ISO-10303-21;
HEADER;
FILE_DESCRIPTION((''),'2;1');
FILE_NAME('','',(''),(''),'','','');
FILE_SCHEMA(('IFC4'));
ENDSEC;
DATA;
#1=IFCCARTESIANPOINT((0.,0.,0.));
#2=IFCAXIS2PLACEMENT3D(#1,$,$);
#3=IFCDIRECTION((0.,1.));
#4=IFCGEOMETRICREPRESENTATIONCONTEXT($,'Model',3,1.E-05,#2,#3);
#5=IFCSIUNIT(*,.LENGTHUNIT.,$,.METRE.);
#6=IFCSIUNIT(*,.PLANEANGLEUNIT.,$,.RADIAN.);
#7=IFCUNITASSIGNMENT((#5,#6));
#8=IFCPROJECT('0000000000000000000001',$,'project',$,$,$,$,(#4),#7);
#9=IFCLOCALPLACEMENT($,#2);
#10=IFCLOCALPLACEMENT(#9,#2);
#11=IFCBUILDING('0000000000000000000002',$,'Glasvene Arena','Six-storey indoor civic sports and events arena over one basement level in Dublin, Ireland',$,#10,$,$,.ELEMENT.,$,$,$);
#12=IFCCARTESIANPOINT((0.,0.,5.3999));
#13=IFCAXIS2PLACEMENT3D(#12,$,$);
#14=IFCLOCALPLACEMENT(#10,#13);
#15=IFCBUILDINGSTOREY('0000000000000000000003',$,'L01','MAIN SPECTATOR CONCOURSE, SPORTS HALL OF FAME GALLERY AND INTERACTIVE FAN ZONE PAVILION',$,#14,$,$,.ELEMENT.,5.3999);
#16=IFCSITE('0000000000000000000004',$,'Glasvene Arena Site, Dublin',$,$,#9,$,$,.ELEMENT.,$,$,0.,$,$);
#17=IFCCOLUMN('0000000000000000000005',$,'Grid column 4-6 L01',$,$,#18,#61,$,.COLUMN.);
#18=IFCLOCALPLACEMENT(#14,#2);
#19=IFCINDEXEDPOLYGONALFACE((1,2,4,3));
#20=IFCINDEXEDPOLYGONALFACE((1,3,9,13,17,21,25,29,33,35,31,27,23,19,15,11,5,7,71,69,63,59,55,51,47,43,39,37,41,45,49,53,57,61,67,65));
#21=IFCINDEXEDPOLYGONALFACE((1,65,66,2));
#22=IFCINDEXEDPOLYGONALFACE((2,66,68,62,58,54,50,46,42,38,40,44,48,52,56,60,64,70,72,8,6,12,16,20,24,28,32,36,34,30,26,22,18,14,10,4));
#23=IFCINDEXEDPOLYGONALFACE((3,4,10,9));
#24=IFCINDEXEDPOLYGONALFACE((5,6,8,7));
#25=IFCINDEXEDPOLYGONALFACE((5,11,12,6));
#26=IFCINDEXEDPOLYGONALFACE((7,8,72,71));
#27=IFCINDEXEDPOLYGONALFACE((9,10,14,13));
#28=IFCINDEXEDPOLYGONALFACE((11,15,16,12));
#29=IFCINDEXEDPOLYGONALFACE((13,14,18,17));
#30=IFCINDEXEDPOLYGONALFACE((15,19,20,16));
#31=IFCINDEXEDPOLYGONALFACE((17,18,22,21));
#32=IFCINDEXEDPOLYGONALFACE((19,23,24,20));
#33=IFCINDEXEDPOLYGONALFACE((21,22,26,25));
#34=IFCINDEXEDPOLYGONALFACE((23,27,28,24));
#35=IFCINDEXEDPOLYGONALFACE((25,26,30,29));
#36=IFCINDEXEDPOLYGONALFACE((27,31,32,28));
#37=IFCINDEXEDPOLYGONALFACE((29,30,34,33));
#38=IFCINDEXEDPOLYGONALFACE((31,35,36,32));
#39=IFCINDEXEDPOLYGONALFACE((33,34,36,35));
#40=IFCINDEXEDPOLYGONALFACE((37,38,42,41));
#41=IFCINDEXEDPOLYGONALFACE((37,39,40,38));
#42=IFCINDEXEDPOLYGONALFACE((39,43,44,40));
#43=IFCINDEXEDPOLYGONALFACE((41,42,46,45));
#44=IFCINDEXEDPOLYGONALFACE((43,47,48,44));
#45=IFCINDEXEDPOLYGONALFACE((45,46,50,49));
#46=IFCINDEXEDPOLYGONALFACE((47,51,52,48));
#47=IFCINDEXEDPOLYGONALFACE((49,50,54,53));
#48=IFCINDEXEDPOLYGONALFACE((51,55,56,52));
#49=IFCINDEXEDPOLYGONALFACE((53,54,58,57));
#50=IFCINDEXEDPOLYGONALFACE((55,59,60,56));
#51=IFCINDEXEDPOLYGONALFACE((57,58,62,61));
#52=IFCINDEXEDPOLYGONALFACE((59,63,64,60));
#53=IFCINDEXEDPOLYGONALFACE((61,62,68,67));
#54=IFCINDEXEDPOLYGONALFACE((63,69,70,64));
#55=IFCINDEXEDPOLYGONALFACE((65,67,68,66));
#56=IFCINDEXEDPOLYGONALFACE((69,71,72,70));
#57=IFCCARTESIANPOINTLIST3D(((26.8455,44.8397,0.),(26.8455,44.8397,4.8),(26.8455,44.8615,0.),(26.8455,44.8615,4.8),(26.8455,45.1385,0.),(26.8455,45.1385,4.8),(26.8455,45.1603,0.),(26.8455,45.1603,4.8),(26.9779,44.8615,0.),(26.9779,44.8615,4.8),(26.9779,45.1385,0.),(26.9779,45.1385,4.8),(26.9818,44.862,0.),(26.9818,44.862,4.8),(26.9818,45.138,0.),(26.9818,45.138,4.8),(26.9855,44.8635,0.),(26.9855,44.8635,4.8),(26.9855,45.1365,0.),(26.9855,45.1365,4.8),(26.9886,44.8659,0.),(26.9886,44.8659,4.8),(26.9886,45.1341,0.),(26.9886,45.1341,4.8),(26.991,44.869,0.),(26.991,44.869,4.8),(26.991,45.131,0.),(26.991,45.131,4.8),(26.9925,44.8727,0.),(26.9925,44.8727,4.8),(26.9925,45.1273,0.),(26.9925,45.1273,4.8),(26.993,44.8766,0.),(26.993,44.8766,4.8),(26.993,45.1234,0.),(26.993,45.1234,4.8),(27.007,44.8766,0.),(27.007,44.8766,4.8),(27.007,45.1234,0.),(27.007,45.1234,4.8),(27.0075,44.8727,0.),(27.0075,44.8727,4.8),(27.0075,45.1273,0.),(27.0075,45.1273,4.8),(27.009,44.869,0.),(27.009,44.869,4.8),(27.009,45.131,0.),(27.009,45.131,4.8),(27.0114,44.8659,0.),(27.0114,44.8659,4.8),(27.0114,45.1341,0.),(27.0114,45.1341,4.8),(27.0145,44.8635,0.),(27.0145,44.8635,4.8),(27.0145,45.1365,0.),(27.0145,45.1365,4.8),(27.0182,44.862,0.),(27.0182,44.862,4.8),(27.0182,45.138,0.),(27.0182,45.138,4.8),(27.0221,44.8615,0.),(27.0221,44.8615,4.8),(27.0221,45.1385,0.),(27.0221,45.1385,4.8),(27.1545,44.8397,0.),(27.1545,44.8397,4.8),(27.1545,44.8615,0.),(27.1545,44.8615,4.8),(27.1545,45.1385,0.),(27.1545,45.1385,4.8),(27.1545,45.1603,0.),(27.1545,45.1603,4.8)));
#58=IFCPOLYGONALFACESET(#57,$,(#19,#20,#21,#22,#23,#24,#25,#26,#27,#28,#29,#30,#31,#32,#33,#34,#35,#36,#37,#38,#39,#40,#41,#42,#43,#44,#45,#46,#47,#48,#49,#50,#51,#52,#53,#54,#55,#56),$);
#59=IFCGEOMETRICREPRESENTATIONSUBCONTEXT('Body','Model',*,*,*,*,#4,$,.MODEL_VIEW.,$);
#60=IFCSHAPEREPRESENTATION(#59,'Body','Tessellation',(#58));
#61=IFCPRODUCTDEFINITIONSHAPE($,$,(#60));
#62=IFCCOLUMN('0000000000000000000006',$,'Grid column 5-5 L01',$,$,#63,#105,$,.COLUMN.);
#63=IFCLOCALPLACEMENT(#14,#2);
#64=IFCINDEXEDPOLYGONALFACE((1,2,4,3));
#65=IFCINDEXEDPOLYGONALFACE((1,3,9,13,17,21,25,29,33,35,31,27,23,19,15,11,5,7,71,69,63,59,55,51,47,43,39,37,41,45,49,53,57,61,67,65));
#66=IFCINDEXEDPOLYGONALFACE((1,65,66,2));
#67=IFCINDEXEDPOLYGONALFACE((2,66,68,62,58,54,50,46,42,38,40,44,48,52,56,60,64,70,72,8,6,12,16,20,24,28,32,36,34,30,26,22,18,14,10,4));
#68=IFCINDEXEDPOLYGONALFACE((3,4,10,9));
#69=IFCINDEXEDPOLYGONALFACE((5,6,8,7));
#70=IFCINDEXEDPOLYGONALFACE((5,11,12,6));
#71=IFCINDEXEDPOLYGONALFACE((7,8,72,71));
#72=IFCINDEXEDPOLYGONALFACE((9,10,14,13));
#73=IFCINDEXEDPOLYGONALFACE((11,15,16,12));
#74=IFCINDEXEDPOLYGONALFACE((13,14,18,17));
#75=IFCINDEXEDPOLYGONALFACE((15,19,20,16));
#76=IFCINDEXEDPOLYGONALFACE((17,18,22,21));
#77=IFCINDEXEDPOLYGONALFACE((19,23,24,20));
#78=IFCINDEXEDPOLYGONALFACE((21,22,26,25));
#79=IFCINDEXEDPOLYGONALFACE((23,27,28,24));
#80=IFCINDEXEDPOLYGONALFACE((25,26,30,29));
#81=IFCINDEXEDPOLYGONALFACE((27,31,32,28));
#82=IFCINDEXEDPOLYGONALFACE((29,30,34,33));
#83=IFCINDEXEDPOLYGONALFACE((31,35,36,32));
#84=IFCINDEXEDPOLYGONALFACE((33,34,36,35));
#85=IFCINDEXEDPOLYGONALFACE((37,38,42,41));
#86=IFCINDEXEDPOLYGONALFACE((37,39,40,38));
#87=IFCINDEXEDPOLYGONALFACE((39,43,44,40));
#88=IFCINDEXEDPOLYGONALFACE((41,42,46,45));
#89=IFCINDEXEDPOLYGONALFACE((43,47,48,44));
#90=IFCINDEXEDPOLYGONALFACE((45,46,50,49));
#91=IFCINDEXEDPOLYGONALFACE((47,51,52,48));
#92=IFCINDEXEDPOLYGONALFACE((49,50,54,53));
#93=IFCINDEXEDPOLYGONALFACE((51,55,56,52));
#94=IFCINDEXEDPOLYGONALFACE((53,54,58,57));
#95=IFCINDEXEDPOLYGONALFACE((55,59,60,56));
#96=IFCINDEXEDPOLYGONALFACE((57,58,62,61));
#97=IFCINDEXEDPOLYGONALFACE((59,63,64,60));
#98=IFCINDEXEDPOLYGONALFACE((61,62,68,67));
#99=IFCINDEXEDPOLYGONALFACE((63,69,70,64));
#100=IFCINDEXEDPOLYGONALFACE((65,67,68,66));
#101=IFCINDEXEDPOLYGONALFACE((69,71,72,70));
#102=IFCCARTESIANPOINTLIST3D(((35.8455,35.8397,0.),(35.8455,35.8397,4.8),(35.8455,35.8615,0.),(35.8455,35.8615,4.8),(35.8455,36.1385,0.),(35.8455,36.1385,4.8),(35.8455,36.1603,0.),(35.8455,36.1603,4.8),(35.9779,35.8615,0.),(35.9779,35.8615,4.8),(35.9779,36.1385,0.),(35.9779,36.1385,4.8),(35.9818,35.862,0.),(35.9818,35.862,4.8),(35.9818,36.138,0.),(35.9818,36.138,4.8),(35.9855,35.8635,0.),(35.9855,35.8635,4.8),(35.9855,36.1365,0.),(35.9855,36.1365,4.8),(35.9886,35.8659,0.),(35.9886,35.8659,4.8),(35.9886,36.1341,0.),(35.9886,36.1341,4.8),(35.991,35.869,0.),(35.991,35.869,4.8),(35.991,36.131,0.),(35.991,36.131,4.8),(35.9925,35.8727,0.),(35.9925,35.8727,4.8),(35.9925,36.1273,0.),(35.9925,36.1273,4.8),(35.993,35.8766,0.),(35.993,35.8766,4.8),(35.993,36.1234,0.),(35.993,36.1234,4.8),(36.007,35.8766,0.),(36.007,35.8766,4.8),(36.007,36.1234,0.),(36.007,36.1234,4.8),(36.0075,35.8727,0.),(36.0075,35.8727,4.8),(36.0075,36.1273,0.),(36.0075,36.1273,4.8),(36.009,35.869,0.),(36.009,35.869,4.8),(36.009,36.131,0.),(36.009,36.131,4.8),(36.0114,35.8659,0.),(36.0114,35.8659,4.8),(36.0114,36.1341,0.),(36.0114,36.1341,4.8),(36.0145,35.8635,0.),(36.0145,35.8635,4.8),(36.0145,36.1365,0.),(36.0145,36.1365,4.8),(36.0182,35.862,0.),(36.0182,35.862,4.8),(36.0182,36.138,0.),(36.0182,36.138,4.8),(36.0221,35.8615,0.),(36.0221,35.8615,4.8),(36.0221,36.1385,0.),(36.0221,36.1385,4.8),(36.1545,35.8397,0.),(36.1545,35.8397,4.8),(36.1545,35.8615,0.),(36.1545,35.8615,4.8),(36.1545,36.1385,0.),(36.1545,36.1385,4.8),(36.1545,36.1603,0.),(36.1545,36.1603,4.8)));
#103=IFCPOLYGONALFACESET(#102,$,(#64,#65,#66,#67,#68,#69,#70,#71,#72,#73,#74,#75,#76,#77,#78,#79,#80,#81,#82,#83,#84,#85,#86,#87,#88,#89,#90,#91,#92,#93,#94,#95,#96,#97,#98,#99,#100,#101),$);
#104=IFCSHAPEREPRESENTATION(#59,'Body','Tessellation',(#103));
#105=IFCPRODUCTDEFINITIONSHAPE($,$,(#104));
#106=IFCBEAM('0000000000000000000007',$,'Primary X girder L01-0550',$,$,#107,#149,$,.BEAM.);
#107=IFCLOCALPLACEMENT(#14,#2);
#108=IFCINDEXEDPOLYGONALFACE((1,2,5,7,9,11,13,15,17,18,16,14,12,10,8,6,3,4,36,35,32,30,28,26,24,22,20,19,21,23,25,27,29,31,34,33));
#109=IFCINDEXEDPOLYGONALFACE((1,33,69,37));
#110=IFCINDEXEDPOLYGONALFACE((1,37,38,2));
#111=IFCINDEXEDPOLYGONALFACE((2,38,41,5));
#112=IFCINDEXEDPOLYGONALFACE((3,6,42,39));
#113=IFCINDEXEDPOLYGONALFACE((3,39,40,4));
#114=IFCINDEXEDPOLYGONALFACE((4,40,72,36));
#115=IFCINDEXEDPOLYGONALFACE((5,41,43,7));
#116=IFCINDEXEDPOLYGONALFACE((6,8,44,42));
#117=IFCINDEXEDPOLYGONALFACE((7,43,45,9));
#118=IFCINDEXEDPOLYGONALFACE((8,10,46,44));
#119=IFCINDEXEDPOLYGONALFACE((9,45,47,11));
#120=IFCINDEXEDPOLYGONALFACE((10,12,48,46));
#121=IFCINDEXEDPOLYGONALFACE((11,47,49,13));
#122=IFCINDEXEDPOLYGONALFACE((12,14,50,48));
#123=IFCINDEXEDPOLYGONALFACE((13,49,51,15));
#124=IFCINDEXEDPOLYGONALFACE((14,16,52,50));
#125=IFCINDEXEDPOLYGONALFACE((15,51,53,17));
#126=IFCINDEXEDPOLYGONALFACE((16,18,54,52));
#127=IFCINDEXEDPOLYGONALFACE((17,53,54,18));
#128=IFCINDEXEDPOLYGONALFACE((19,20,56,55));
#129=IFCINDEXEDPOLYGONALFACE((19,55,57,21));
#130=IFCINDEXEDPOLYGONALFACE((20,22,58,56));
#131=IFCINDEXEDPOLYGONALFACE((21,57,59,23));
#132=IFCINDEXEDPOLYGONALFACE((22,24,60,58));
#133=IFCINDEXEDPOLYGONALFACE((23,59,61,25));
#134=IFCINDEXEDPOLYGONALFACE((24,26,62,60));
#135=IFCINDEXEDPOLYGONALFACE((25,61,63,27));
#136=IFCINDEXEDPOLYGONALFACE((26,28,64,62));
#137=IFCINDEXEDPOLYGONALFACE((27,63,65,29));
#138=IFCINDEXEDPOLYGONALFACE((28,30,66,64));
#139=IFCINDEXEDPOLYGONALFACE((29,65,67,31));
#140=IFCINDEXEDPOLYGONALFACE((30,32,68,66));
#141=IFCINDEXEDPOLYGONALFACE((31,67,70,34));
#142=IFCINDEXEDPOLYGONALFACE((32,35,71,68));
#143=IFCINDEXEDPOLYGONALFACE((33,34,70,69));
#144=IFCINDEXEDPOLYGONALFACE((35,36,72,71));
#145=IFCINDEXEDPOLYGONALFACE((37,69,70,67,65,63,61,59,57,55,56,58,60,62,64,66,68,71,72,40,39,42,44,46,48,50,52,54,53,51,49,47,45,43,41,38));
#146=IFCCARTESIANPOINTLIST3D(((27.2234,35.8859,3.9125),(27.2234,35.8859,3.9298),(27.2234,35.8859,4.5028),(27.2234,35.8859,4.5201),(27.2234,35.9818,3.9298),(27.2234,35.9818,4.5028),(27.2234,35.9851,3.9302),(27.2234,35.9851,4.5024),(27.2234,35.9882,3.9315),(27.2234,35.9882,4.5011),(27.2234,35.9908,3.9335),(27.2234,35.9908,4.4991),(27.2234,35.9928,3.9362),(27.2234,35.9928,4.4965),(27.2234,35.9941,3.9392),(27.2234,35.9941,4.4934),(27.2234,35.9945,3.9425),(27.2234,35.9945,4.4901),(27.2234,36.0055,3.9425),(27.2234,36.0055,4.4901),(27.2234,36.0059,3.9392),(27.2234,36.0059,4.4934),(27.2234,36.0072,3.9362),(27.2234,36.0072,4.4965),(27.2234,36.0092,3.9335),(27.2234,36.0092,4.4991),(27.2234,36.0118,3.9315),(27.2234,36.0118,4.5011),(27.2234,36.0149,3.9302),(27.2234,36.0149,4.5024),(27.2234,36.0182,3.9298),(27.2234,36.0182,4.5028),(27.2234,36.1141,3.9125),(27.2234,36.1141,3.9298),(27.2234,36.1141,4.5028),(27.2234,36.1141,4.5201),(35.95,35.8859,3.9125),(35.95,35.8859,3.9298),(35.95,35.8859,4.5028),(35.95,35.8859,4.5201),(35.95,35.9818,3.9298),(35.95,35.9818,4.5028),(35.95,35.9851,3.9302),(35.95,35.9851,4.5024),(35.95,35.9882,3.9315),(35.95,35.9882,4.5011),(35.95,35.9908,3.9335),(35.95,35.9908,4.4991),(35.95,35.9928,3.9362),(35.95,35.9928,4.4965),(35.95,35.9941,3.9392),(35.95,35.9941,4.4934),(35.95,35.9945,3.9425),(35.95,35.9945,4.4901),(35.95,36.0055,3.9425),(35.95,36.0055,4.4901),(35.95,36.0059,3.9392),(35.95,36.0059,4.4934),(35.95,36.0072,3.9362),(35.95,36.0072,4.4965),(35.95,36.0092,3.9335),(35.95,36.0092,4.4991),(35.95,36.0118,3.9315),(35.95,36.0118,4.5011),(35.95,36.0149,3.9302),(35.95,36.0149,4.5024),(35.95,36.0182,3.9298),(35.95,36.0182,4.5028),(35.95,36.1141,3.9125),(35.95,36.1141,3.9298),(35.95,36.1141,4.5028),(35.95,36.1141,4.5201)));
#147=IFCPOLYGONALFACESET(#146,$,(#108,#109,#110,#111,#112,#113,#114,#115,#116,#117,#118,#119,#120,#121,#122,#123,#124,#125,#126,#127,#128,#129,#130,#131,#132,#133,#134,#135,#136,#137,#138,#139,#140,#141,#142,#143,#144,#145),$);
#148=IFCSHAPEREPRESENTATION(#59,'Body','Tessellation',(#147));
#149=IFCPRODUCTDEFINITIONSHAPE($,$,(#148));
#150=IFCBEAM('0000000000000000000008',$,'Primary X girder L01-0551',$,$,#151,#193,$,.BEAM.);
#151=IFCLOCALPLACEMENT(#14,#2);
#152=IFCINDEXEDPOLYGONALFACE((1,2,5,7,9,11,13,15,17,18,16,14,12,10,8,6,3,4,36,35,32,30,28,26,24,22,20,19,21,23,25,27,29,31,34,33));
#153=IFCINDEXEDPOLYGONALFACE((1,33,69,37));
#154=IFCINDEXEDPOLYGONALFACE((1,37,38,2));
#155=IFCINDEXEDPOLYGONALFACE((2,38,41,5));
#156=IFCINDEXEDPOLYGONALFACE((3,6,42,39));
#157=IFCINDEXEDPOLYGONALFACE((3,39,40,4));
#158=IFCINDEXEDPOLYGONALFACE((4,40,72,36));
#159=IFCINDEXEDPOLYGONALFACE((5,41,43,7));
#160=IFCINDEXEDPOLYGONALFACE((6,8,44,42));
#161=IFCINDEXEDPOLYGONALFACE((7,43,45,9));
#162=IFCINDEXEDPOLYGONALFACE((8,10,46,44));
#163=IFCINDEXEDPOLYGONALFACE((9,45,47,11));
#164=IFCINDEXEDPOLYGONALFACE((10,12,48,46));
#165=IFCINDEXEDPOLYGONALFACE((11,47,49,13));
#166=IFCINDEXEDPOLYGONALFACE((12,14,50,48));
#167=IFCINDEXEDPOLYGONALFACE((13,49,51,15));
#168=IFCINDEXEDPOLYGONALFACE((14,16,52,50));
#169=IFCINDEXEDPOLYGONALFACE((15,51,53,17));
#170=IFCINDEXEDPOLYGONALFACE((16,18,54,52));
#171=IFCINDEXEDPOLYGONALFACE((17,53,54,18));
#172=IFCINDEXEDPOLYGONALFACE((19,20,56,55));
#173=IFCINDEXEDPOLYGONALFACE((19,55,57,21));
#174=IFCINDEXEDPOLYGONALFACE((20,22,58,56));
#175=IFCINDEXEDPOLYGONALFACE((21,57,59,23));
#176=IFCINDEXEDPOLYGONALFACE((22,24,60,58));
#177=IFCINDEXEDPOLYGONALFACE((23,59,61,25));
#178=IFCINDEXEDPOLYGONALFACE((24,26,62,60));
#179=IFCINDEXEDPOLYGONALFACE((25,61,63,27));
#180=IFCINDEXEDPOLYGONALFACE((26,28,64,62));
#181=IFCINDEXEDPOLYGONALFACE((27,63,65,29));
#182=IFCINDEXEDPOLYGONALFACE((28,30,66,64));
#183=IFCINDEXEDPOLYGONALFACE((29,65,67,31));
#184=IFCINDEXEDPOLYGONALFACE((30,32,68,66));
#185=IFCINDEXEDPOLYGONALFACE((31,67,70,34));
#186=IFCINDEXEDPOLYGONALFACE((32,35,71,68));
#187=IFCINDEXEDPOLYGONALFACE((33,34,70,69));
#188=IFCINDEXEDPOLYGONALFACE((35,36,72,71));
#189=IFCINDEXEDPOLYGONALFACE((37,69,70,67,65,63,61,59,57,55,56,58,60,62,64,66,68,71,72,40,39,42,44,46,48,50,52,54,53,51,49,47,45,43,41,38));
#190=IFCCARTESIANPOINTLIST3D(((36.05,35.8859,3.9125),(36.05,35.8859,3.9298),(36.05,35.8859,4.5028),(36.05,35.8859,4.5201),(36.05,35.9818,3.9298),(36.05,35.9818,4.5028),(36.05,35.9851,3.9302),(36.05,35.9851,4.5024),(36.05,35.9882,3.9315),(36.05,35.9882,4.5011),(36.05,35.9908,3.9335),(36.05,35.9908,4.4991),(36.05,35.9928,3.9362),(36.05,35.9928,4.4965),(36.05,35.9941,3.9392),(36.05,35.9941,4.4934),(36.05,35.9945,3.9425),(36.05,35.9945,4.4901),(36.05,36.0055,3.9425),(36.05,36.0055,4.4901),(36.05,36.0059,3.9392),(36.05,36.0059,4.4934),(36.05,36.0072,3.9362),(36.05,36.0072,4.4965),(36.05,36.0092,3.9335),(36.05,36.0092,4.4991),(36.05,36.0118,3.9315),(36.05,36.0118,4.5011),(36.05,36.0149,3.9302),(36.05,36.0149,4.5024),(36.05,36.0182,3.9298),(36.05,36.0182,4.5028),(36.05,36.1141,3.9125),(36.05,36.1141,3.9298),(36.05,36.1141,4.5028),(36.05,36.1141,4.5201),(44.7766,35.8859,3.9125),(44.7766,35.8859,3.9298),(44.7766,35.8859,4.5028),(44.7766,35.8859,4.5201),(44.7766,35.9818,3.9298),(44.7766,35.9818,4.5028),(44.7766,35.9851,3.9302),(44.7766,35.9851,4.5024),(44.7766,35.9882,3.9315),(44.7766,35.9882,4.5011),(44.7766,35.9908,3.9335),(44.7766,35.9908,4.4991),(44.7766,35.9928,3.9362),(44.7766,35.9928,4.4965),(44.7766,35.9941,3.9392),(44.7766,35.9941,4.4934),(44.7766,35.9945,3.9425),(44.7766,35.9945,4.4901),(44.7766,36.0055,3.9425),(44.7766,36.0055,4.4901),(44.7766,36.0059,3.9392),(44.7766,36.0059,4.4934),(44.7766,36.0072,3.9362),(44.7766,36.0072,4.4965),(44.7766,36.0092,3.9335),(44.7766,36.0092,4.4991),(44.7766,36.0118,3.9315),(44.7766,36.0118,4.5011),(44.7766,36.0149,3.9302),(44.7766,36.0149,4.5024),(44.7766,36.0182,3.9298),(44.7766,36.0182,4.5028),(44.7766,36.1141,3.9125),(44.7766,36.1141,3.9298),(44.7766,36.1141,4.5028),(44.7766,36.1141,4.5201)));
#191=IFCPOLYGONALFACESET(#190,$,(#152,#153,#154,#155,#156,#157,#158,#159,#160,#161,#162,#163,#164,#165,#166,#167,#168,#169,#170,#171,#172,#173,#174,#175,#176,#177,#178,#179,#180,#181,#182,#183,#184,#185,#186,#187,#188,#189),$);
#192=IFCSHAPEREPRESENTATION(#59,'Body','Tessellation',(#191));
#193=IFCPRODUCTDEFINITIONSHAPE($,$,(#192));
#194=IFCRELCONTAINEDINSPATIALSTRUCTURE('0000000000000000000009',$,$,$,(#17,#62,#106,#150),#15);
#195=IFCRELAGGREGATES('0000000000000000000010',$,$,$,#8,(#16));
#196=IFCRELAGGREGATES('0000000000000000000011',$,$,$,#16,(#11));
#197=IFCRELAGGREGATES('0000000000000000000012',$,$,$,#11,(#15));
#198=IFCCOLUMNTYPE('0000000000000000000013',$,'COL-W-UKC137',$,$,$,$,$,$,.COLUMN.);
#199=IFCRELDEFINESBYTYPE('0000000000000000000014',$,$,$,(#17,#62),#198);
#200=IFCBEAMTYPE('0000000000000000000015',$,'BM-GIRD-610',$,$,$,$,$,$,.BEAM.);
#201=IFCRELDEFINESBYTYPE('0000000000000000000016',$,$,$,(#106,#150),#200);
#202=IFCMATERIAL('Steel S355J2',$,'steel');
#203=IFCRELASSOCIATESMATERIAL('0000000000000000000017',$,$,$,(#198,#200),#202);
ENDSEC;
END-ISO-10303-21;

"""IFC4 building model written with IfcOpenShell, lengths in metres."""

from ifc_helpers import new_model, si_unit, direction, frame, origin, origin_2d, place, context, subcontext, project, spatial, i_section, extrude, material, material_profile, profile_set, type_object, element, save


model = new_model("IFC4")

# Units and contexts
model_context = context("Model", 3, precision=1e-05, world=origin(), true_north=direction((0.0, 1.0)))
body_context = subcontext(model_context, "Body", "Model", "MODEL_VIEW")
ifc_project = project(units=[si_unit("LENGTHUNIT", "METRE"), si_unit("PLANEANGLEUNIT", "RADIAN")], contexts=[model_context])

# Site, building, storey
site_placement = place(None, origin())
site = spatial("IfcSite", under=ifc_project, at=site_placement, Name="Glasvene Arena Site, Dublin", CompositionType="ELEMENT", RefElevation=0.0)
building_placement = place(site_placement, origin())
building = spatial("IfcBuilding", under=site, at=building_placement, Name="Glasvene Arena", Description="Six-storey indoor civic sports and events arena over one basement level in Dublin, Ireland", CompositionType="ELEMENT")
storey_placement = place(building_placement, frame((0.0, 0.0, 5.3999)))
storey = spatial("IfcBuildingStorey", under=building, at=storey_placement, Name="L01", Description="MAIN SPECTATOR CONCOURSE, SPORTS HALL OF FAME GALLERY AND INTERACTIVE FAN ZONE PAVILION", CompositionType="ELEMENT", Elevation=5.3999)

# Columns
ifc_material_1 = material(Name="Steel S355J2", Category="steel")
ifc_material_profile_1 = material_profile(ifc_material_1, i_section(OverallWidth=0.3091, OverallDepth=0.3206, WebThickness=0.0139, FlangeThickness=0.0217, FilletRadius=0.0151, at=origin_2d()), Name="UKC 305x305x137")
ifc_profile_set_1 = profile_set([ifc_material_profile_1], Name="Steel S355J2")
column_type_1 = type_object("IfcColumnType", Name="COL-W-UKC137", PredefinedType="COLUMN", material=ifc_profile_set_1)
for number, where, z_axis, x_axis, name in (
    (1, (27.0, 45.0, 0.0), (0.0, 0.0, 1.0), (1.0, 0.0, 0.0), "Grid column 4-6 L01"),
    (2, (36.0, 36.0, 0.0), (0.0, 0.0, 1.0), (1.0, 0.0, 0.0), "Grid column 5-5 L01"),
):
    element("IfcColumn", number, at=place(storey_placement, frame(where, z_axis=z_axis, x_axis=x_axis)), inside=storey, type_object=column_type_1, Name=name, PredefinedType="COLUMN", context=body_context, shape_type="SweptSolid", body=[
        extrude(i_section(OverallWidth=0.3091, OverallDepth=0.3206, WebThickness=0.0139, FlangeThickness=0.0217, FilletRadius=0.0151, at=origin_2d()), origin(), (0.0, 0.0, 1.0), 4.8),
    ])

# Beams
ifc_material_profile_2 = material_profile(ifc_material_1, i_section(OverallWidth=0.2283, OverallDepth=0.6077, WebThickness=0.011, FlangeThickness=0.0173, FilletRadius=0.0127, at=origin_2d()), Name="UKB 610x229x113")
ifc_profile_set_2 = profile_set([ifc_material_profile_2], Name="Steel S355J2")
beam_type_1 = type_object("IfcBeamType", Name="BM-GIRD-610", PredefinedType="BEAM", material=ifc_profile_set_2)
for number, where, z_axis, x_axis, name in (
    (3, (27.2234, 36.0, 4.2163), (1.0, 0.0, 0.0), (0.0, 1.0, 0.0), "Primary X girder L01-0550"),
    (4, (36.05, 36.0, 4.2163), (1.0, 0.0, 0.0), (0.0, 1.0, 0.0), "Primary X girder L01-0551"),
):
    element("IfcBeam", number, at=place(storey_placement, frame(where, z_axis=z_axis, x_axis=x_axis)), inside=storey, type_object=beam_type_1, Name=name, PredefinedType="BEAM", context=body_context, shape_type="SweptSolid", body=[
        extrude(i_section(OverallWidth=0.2283, OverallDepth=0.6077, WebThickness=0.011, FlangeThickness=0.0173, FilletRadius=0.0127, at=origin_2d()), origin(), (0.0, 0.0, 1.0), 8.7266),
    ])

save(model, "model.ifc")
